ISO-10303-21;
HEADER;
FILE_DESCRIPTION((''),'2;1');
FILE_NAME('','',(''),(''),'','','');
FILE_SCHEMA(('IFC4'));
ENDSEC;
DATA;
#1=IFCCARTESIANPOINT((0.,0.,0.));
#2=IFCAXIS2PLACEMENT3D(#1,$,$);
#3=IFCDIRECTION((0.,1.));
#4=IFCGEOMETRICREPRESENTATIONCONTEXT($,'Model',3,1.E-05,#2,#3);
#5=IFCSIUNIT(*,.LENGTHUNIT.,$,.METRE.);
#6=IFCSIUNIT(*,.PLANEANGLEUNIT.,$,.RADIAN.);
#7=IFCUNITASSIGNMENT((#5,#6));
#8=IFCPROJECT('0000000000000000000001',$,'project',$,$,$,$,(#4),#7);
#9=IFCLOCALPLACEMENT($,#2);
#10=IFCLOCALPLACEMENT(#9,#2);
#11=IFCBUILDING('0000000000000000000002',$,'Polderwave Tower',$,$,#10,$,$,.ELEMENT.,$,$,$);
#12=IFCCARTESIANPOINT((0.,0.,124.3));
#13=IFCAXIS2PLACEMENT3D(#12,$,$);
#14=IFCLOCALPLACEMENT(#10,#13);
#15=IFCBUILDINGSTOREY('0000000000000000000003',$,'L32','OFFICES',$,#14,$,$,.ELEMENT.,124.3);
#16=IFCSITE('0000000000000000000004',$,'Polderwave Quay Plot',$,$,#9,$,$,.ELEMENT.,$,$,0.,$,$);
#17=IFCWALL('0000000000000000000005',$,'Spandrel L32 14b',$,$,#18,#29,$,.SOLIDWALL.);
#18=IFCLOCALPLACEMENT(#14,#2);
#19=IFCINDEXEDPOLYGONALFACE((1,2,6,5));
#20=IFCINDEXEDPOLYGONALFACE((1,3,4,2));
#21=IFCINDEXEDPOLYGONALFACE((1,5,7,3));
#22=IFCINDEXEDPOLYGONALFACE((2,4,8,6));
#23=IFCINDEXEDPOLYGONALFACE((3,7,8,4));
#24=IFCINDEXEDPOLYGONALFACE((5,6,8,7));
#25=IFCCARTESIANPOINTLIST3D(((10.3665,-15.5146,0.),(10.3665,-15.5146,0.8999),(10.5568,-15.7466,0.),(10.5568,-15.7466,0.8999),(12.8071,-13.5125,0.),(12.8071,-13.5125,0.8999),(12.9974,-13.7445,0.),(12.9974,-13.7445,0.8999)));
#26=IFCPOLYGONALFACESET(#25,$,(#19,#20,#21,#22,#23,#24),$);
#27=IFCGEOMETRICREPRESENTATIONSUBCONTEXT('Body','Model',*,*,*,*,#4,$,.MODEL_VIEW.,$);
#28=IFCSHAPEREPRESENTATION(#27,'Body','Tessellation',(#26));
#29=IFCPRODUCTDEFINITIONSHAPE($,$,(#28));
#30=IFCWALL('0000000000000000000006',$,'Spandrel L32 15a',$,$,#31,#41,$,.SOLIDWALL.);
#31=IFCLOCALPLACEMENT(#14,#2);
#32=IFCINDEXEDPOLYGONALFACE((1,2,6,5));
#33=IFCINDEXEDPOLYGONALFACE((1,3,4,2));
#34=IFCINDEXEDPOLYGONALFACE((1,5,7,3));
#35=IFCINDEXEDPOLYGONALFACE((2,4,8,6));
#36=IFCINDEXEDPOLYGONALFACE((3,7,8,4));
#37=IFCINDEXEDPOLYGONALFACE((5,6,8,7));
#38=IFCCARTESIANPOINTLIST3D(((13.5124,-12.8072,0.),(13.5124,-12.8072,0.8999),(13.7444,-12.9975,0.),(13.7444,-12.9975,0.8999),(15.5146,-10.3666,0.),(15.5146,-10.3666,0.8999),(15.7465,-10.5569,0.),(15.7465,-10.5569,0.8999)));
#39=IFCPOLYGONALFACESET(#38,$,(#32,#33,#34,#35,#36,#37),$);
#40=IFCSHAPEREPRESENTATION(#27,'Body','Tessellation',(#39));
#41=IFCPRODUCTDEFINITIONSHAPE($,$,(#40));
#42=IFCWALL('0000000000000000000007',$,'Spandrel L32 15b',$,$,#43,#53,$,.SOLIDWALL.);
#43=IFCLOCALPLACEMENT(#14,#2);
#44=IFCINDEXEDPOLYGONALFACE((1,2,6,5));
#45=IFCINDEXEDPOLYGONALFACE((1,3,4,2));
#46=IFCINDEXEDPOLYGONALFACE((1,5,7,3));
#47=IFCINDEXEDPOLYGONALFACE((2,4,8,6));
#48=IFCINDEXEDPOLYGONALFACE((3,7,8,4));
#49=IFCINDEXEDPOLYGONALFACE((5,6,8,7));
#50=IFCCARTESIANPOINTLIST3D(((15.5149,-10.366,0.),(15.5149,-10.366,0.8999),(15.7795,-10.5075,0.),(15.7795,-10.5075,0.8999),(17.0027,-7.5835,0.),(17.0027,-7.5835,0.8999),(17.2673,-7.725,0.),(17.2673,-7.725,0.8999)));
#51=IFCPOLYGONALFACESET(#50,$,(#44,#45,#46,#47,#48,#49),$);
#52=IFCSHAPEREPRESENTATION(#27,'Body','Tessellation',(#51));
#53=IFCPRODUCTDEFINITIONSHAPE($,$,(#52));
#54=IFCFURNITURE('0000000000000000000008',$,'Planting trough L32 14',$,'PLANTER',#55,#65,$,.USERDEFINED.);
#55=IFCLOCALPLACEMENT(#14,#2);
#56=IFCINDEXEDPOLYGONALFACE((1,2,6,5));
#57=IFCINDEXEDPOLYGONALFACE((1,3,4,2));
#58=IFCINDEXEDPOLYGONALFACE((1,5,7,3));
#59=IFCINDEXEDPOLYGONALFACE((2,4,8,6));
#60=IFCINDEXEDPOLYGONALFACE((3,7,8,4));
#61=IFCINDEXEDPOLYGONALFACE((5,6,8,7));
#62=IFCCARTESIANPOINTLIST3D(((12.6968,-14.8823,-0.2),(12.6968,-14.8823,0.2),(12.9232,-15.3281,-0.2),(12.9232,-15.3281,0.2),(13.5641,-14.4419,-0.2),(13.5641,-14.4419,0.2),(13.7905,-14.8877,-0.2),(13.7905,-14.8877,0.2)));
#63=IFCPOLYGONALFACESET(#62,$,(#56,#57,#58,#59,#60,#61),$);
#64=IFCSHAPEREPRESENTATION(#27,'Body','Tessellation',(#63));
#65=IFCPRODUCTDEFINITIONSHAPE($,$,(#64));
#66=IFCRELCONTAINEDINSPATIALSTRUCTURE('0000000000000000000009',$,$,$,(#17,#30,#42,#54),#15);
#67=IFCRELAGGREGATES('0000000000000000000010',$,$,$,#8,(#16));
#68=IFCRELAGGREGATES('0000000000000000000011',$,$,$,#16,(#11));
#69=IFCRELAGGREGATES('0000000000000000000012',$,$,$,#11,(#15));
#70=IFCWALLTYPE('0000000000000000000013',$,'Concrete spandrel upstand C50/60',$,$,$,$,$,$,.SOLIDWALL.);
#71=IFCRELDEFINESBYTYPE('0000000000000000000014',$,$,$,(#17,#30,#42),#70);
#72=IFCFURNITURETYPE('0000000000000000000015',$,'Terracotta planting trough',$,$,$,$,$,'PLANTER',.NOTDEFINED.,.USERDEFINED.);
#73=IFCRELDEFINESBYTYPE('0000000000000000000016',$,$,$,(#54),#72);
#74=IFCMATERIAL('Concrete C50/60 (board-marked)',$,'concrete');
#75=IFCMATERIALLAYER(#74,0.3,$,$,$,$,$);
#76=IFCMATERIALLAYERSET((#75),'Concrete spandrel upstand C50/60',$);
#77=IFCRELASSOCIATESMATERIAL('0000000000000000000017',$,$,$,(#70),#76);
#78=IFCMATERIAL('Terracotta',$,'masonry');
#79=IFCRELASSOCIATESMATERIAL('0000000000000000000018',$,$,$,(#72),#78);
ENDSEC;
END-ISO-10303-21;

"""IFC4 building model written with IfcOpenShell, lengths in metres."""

from ifc_helpers import new_model, si_unit, direction, frame, frame_2d, origin, origin_2d, place, context, subcontext, project, spatial, rectangle, extrude, material, layer, layer_set, type_object, element, save


model = new_model("IFC4")

# Units and contexts
model_context = context("Model", 3, precision=1e-05, world=origin(), true_north=direction((0.0, 1.0)))
body_context = subcontext(model_context, "Body", "Model", "MODEL_VIEW")
ifc_project = project(units=[si_unit("LENGTHUNIT", "METRE"), si_unit("PLANEANGLEUNIT", "RADIAN")], contexts=[model_context])

# Site, building, storey
site_placement = place(None, origin())
site = spatial("IfcSite", under=ifc_project, at=site_placement, Name="Polderwave Quay Plot", CompositionType="ELEMENT", RefElevation=0.0)
building_placement = place(site_placement, origin())
building = spatial("IfcBuilding", under=site, at=building_placement, Name="Polderwave Tower", CompositionType="ELEMENT")
storey_placement = place(building_placement, frame((0.0, 0.0, 124.3)))
storey = spatial("IfcBuildingStorey", under=building, at=storey_placement, Name="L32", Description="OFFICES", CompositionType="ELEMENT", Elevation=124.3)

# Walls
ifc_material_1 = material(Name="Concrete C50/60 (board-marked)", Category="concrete")
ifc_layer_1 = layer(ifc_material_1, 0.3)
ifc_layer_set_1 = layer_set([ifc_layer_1], Name="Concrete spandrel upstand C50/60")
wall_type = type_object("IfcWallType", Name="Concrete spandrel upstand C50/60", PredefinedType="SOLIDWALL", material=ifc_layer_set_1)
for number, where, z_axis, x_axis, name in (
    (1, (10.4617, -15.6306, 0.0), (0.0, 0.0, 1.0), (0.773137, 0.63424, 0.0), "Spandrel L32 14b"),
    (2, (13.6284, -12.9023, 0.0), (0.0, 0.0, 1.0), (0.63424, 0.773137, 0.0), "Spandrel L32 15a"),
):
    element("IfcWall", number, at=place(storey_placement, frame(where, z_axis=z_axis, x_axis=x_axis)), inside=storey, type_object=wall_type, Name=name, PredefinedType="SOLIDWALL", context=body_context, shape_type="SweptSolid", body=[
        extrude(rectangle(XDim=3.1567, YDim=0.3, at=frame_2d((1.5784, 0.0))), origin(), (0.0, 0.0, 1.0), 0.8999),
    ])
wall_1_placement = place(storey_placement, frame((15.6472, -10.4368, 0.0), z_axis=(0.0, 0.0, 1.0), x_axis=(0.471528, 0.881851, 0.0)))
element("IfcWall", 3, at=wall_1_placement, inside=storey, type_object=wall_type, Name="Spandrel L32 15b", PredefinedType="SOLIDWALL", context=body_context, shape_type="SweptSolid", body=[
    extrude(rectangle(XDim=3.1553, YDim=0.3, at=frame_2d((1.5776, 0.0))), origin(), (0.0, 0.0, 1.0), 0.8999),
])

# Furniture
ifc_material_2 = material(Name="Terracotta", Category="masonry")
furniture_type = type_object("IfcFurnitureType", Name="Terracotta planting trough", ElementType="PLANTER", AssemblyPlace="NOTDEFINED", PredefinedType="USERDEFINED", material=ifc_material_2)
furniture_placement = place(storey_placement, frame((13.2437, -14.885, -0.2), z_axis=(0.0, 0.0, 1.0), x_axis=(0.891618, 0.452788, 0.0)))
element("IfcFurniture", 4, at=furniture_placement, inside=storey, type_object=furniture_type, Name="Planting trough L32 14", ObjectType="PLANTER", PredefinedType="USERDEFINED", context=body_context, shape_type="SweptSolid", body=[
    extrude(rectangle(XDim=0.9727, YDim=0.5, at=origin_2d()), origin(), (0.0, 0.0, 1.0), 0.3999),
])

save(model, "model.ifc")
